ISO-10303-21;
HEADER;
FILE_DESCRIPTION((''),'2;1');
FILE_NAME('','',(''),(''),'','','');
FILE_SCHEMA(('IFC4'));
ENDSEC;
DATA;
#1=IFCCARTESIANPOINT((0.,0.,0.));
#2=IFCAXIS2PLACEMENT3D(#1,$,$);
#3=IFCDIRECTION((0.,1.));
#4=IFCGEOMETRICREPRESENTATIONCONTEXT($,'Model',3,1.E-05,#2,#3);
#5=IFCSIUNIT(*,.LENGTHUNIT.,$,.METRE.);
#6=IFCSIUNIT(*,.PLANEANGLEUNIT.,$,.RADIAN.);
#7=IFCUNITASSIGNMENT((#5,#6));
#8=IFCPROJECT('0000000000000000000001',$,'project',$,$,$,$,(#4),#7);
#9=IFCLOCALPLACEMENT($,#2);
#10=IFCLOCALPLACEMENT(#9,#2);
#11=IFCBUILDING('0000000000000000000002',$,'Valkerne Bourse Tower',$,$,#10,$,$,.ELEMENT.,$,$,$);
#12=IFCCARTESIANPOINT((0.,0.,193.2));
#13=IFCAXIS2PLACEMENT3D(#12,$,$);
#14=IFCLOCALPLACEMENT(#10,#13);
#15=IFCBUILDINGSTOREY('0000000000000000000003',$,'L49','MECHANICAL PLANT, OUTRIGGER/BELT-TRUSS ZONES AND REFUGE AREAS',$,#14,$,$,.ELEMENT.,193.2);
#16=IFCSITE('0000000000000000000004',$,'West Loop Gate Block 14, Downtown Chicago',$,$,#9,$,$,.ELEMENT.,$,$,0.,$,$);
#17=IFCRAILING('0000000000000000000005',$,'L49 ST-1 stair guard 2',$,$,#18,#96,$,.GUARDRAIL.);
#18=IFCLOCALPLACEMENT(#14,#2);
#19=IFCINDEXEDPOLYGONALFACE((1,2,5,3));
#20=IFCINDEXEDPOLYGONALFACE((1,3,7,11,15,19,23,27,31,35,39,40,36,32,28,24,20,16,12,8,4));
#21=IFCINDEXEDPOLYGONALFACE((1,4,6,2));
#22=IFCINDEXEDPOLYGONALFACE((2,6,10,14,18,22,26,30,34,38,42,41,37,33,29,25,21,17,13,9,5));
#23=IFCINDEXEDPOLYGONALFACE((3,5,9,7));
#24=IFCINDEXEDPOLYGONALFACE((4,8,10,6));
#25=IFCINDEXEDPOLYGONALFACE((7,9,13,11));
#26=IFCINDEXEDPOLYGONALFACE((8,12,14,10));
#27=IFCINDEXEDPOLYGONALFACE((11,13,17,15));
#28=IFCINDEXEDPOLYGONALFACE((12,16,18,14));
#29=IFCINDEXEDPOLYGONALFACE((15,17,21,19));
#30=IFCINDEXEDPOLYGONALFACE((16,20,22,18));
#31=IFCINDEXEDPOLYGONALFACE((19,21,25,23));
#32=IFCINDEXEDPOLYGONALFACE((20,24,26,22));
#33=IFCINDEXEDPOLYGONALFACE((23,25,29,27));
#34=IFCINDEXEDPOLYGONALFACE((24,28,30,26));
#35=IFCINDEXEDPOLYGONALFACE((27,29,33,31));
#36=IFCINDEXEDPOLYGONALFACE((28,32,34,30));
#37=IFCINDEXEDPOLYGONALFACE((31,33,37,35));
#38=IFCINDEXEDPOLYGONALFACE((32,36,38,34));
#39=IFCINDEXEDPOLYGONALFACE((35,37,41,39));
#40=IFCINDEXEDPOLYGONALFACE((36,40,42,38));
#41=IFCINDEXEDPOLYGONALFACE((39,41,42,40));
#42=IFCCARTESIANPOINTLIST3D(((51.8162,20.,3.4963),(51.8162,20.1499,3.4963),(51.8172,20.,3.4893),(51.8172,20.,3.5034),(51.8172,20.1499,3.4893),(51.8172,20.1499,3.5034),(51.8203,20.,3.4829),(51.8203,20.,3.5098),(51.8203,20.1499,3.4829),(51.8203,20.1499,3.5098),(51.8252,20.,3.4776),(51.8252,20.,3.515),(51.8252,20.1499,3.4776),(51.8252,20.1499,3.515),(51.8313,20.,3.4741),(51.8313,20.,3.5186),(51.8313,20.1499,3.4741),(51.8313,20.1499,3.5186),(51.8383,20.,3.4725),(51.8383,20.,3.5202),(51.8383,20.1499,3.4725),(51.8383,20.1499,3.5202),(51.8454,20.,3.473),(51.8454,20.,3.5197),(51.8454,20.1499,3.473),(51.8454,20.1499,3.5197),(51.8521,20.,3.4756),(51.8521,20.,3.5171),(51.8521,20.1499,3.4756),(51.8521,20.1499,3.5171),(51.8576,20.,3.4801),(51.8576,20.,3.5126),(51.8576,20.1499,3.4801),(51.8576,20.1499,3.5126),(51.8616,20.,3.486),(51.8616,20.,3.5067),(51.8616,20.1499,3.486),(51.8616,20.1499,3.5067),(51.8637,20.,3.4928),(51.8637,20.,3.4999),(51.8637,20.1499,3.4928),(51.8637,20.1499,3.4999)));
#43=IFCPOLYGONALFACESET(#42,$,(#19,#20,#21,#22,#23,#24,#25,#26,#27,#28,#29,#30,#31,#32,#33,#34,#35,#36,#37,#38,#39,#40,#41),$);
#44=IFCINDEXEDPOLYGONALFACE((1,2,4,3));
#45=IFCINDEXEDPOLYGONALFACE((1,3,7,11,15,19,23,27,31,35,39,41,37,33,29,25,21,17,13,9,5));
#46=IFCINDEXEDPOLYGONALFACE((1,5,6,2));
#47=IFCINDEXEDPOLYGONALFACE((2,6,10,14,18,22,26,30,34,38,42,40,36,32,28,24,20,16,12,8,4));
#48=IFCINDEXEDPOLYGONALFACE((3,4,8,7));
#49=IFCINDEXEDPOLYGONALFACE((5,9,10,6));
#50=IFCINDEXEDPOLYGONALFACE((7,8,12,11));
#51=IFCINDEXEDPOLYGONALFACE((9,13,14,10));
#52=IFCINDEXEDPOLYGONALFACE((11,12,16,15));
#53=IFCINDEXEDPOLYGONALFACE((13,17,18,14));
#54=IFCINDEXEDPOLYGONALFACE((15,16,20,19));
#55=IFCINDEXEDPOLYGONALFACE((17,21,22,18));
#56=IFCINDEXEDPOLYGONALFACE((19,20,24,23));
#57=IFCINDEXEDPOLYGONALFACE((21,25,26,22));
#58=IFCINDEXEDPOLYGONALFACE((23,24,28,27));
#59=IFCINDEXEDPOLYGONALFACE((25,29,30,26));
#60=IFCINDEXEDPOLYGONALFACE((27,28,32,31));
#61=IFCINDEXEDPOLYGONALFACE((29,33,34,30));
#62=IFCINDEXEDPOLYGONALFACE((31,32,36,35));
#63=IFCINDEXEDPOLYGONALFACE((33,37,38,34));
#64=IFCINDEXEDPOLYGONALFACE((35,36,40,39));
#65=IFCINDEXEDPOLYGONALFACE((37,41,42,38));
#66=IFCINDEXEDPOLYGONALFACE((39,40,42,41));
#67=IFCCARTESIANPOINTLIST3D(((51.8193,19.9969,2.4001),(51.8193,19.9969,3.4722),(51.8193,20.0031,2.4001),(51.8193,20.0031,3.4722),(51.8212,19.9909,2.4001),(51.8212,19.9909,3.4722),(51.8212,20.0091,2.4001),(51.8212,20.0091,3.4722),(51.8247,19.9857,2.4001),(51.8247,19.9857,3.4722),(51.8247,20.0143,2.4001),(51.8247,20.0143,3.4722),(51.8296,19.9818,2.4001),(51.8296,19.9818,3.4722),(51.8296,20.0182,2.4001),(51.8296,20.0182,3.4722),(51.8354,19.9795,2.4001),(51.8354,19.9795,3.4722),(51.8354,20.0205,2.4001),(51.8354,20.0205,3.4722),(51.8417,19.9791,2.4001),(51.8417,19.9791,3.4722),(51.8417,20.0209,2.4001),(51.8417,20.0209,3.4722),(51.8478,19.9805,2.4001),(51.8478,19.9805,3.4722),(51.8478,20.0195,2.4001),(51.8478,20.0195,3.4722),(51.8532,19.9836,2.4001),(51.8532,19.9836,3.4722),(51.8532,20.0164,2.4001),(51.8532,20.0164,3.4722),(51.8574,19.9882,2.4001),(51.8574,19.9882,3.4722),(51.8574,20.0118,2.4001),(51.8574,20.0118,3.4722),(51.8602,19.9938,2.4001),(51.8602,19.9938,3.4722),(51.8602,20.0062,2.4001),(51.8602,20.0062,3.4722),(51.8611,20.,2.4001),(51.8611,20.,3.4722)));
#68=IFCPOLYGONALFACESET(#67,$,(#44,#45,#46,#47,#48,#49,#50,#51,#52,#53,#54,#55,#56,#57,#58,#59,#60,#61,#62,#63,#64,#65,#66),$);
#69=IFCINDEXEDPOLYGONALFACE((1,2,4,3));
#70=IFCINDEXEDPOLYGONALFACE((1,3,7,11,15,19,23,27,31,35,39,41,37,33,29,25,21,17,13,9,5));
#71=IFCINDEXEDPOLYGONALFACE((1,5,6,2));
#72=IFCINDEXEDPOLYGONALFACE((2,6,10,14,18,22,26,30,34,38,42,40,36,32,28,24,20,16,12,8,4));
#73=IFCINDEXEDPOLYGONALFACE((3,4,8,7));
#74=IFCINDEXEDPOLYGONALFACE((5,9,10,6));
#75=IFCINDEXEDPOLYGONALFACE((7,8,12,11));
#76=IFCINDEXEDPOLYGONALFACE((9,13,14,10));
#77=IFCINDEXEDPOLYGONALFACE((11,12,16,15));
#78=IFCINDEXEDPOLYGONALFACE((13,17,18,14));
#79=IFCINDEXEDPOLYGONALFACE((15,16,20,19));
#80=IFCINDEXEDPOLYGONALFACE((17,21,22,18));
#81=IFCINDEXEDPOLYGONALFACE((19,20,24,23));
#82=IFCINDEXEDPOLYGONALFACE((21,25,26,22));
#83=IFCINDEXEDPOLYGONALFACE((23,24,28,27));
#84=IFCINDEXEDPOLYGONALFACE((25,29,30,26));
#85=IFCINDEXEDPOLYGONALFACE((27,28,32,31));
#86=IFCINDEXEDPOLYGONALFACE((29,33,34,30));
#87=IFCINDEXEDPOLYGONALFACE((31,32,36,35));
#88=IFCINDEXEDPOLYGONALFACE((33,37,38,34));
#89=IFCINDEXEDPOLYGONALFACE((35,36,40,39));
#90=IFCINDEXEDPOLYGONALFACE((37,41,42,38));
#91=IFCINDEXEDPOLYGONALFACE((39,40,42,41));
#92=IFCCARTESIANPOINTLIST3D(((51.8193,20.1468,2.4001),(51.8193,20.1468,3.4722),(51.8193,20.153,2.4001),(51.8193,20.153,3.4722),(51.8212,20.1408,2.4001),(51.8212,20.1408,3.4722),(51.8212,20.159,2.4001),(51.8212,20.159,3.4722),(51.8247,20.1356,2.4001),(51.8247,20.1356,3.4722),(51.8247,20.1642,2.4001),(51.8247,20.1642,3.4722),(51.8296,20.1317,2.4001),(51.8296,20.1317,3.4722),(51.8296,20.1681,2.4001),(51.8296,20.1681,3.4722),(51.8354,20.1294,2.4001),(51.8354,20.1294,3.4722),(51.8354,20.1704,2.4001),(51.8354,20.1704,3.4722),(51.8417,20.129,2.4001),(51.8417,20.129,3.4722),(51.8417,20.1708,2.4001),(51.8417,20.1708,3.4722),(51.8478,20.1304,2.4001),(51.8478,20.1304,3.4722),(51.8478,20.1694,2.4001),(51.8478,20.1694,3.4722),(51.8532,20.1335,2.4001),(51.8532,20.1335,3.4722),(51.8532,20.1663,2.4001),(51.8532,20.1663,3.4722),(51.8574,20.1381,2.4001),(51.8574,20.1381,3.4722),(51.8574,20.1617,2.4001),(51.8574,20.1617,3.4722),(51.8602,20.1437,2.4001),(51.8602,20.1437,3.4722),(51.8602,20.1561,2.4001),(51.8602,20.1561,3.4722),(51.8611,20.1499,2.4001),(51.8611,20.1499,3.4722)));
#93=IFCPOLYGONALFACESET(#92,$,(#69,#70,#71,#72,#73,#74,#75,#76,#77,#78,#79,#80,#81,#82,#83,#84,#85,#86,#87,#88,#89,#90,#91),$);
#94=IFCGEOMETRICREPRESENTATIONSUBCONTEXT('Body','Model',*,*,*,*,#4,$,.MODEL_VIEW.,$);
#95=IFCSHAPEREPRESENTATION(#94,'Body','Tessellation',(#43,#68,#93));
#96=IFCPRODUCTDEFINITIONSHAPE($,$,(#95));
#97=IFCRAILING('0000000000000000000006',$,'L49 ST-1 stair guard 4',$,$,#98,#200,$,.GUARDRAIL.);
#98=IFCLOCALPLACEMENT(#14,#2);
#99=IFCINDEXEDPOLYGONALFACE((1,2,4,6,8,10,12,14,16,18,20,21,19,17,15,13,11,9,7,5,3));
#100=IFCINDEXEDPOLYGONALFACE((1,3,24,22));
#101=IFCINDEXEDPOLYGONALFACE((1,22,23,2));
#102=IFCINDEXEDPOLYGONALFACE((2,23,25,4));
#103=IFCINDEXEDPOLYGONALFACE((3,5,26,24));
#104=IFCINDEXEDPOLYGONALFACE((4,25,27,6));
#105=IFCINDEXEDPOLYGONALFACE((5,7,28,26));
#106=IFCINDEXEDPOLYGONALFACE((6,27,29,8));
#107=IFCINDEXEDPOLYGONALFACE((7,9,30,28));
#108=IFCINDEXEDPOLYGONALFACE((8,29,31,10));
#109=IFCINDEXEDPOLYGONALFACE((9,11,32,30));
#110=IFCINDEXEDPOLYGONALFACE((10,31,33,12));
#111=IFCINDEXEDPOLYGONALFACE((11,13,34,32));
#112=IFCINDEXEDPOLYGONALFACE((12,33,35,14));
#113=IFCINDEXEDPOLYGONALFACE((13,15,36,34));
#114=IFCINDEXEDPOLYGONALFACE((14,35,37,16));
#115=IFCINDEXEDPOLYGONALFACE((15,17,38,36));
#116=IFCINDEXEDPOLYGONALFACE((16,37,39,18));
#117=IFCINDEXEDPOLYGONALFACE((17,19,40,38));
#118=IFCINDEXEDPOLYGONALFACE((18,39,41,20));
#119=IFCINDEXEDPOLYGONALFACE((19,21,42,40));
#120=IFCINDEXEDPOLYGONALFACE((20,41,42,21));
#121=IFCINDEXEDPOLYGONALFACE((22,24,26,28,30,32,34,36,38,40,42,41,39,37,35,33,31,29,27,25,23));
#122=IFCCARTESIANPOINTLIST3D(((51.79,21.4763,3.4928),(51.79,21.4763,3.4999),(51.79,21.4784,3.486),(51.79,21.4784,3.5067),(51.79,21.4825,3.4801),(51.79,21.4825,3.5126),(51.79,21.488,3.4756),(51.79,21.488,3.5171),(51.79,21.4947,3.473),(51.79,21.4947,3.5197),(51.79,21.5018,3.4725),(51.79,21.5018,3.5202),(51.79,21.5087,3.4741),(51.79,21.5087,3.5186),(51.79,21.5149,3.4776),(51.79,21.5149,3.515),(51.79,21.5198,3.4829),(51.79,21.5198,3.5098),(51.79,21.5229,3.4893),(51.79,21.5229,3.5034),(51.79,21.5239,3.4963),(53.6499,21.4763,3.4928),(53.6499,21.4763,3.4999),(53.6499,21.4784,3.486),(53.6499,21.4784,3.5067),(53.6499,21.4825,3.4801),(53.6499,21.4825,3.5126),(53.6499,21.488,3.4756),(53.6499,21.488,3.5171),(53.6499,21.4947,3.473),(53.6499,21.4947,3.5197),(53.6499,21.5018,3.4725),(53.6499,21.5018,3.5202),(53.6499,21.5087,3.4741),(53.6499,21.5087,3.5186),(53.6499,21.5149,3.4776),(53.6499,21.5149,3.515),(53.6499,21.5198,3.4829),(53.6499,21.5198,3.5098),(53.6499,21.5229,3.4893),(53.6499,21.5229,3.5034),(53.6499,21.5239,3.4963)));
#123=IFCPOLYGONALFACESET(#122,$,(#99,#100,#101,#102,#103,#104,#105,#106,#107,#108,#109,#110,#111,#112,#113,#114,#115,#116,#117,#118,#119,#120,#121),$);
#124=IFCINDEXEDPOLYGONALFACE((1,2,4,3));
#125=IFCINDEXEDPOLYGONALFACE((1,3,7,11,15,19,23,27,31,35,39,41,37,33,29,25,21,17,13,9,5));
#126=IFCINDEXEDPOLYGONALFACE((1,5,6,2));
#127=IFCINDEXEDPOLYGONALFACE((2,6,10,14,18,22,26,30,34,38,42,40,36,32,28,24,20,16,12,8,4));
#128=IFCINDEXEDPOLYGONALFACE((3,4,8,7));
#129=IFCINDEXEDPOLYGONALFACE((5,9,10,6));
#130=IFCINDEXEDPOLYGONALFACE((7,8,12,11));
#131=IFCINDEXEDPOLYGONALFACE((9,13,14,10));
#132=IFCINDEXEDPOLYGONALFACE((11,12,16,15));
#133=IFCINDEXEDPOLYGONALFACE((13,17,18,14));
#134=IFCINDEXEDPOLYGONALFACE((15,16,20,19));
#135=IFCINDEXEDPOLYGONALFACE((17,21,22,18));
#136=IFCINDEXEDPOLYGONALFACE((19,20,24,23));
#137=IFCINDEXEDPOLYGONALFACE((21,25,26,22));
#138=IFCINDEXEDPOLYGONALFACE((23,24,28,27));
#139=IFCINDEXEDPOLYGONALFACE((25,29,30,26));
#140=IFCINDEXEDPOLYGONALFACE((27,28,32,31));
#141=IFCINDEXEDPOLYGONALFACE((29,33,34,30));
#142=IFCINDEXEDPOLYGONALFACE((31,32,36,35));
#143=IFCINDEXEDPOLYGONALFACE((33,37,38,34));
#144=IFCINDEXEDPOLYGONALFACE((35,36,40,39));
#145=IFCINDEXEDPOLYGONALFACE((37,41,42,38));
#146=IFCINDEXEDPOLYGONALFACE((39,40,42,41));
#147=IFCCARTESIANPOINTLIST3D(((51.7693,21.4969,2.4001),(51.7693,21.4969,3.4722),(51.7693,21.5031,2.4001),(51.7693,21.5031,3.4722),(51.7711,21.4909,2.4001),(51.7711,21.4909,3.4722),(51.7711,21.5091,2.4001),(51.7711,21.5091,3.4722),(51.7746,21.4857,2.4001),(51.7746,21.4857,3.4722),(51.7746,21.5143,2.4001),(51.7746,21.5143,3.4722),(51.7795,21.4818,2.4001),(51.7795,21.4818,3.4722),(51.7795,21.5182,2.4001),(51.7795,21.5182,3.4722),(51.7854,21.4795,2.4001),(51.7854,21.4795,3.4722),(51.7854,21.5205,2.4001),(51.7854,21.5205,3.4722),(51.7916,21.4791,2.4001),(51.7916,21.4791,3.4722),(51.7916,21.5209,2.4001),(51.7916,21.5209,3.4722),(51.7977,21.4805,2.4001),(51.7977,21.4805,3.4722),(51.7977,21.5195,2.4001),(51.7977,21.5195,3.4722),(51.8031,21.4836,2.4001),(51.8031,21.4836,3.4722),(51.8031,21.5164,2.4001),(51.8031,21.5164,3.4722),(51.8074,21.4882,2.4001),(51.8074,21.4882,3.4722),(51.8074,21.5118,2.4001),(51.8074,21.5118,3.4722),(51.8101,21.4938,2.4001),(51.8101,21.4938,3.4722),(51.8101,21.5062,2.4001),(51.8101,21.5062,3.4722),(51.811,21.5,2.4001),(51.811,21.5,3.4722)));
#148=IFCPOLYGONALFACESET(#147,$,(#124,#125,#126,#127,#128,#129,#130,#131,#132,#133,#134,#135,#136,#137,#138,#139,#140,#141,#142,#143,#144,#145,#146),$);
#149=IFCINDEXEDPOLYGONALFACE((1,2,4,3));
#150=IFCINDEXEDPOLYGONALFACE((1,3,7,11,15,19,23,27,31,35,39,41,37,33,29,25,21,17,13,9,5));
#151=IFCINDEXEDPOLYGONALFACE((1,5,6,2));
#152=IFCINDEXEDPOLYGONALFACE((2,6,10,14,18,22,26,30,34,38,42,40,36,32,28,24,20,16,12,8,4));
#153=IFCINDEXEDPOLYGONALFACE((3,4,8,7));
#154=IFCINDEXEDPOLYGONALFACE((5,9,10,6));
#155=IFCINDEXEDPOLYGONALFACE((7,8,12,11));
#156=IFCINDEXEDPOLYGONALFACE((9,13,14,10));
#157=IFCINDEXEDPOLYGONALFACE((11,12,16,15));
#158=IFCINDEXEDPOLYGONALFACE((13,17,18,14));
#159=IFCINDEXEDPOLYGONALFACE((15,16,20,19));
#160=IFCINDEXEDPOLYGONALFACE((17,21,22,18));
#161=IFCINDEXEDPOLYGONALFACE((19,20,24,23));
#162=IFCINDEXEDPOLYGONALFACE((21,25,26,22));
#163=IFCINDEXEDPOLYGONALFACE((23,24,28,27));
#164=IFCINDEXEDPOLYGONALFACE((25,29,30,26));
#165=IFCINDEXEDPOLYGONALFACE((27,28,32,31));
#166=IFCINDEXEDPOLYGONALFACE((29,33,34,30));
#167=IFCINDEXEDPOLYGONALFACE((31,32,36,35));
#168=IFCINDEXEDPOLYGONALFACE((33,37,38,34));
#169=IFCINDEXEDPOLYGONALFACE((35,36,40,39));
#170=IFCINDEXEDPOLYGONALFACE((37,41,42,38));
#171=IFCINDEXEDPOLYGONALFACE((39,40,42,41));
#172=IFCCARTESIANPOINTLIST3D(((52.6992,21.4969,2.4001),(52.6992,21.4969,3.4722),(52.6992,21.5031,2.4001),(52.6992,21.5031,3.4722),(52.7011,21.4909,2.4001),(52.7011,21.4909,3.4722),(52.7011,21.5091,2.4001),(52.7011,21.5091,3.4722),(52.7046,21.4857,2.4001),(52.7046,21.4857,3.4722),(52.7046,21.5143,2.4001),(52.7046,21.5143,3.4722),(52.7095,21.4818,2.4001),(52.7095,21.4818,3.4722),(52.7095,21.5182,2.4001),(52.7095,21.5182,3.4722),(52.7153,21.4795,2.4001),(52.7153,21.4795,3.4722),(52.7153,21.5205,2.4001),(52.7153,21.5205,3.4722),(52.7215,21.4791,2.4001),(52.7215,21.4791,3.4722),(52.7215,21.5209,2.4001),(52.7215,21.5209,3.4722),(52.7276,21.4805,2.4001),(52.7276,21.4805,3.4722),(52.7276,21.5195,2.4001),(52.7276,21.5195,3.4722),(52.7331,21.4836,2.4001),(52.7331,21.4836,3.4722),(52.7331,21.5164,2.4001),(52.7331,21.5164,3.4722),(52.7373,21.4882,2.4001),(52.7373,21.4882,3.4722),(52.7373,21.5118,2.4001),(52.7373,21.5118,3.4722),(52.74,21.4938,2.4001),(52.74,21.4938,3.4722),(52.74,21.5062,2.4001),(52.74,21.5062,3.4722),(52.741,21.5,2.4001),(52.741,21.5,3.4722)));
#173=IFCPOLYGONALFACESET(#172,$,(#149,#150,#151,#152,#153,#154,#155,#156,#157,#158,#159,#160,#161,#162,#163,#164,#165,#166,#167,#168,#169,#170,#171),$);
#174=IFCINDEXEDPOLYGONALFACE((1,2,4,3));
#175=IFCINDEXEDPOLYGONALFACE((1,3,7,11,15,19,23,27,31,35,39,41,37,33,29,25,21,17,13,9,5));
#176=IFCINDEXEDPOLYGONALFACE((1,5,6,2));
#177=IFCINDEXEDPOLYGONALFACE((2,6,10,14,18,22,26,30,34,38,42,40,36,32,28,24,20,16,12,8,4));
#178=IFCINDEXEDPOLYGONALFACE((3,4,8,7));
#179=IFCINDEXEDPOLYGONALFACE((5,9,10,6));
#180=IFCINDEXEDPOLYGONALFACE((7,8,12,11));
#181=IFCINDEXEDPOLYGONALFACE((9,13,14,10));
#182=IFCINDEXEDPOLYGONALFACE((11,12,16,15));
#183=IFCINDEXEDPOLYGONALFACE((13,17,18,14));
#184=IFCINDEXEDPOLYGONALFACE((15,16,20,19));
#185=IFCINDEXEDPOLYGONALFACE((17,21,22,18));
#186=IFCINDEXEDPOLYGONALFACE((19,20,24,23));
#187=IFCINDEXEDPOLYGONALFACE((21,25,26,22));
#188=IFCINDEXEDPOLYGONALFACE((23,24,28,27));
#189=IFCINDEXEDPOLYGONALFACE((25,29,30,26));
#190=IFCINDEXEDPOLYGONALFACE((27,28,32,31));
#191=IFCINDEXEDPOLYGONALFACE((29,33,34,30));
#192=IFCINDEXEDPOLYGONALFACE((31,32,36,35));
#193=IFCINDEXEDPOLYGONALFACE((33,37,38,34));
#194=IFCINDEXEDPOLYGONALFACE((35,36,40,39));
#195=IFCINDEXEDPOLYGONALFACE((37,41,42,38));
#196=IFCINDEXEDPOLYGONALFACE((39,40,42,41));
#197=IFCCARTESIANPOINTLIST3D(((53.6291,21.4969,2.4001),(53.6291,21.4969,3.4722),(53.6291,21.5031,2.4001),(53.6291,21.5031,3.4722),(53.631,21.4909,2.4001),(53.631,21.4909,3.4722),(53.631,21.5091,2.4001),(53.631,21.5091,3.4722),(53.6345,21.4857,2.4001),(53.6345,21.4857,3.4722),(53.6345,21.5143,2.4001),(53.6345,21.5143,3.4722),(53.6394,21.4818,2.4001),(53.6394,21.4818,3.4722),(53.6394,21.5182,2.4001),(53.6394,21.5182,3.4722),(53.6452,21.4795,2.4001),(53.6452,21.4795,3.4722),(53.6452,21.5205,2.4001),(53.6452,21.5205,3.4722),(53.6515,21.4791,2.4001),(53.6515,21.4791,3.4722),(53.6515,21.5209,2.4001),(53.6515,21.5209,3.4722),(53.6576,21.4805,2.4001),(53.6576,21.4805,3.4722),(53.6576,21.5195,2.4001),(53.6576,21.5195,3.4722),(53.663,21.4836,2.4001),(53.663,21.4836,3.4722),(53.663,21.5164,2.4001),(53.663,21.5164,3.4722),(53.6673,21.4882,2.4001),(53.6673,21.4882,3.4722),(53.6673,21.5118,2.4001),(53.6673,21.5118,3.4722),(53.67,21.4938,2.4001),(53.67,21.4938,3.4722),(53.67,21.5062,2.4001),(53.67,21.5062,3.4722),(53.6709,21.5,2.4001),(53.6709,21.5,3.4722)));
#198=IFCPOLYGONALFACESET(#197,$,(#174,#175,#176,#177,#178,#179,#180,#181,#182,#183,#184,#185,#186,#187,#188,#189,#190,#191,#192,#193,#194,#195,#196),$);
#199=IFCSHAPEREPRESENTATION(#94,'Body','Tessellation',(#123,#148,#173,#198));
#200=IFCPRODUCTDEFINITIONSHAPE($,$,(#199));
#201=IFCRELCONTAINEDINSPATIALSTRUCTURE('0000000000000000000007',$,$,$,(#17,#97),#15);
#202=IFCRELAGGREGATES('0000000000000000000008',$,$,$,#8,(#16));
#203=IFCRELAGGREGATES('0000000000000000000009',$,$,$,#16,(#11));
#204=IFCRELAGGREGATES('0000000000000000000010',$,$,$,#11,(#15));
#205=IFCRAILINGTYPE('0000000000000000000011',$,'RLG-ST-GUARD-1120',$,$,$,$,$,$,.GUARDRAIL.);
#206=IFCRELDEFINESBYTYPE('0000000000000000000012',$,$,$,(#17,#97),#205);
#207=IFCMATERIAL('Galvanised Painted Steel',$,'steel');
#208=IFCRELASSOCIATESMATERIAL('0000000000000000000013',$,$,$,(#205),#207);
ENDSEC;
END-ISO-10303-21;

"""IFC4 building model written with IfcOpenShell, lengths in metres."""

from ifc_helpers import new_model, si_unit, direction, frame, origin, origin_2d, place, context, subcontext, project, spatial, circle, extrude, material, type_object, element, save


model = new_model("IFC4")

# Units and contexts
model_context = context("Model", 3, precision=1e-05, world=origin(), true_north=direction((0.0, 1.0)))
body_context = subcontext(model_context, "Body", "Model", "MODEL_VIEW")
ifc_project = project(units=[si_unit("LENGTHUNIT", "METRE"), si_unit("PLANEANGLEUNIT", "RADIAN")], contexts=[model_context])

# Site, building, storey
site_placement = place(None, origin())
site = spatial("IfcSite", under=ifc_project, at=site_placement, Name="West Loop Gate Block 14, Downtown Chicago", CompositionType="ELEMENT", RefElevation=0.0)
building_placement = place(site_placement, origin())
building = spatial("IfcBuilding", under=site, at=building_placement, Name="Valkerne Bourse Tower", CompositionType="ELEMENT")
storey_placement = place(building_placement, frame((0.0, 0.0, 193.2)))
storey = spatial("IfcBuildingStorey", under=building, at=storey_placement, Name="L49", Description="MECHANICAL PLANT, OUTRIGGER/BELT-TRUSS ZONES AND REFUGE AREAS", CompositionType="ELEMENT", Elevation=193.2)

# Shared definitions
ifc_material_1 = material(Name="Galvanised Painted Steel", Category="steel")

# Railings
railing_type_1 = type_object("IfcRailingType", Name="RLG-ST-GUARD-1120", PredefinedType="GUARDRAIL", material=ifc_material_1)
railing_1_placement = place(storey_placement, frame((51.8401, 20.0, 2.4001)))
element("IfcRailing", 1, at=railing_1_placement, inside=storey, type_object=railing_type_1, Name="L49 ST-1 stair guard 2", PredefinedType="GUARDRAIL", context=body_context, shape_type="SweptSolid", body=[
    extrude(circle(Radius=0.0239, at=origin_2d()), frame((0.0, 0.0, 1.0962), z_axis=(0.0, 1.0, 0.0), x_axis=(-1.0, 0.0, 0.0)), (0.0, 0.0, 1.0), 0.1499),
    extrude(circle(Radius=0.021, at=origin_2d()), origin(), (0.0, 0.0, 1.0), 1.072),
    extrude(circle(Radius=0.021, at=origin_2d()), frame((0.0, 0.1499, 0.0)), (0.0, 0.0, 1.0), 1.072),
])
railing_2_placement = place(storey_placement, frame((51.79, 21.5, 2.4001)))
element("IfcRailing", 2, at=railing_2_placement, inside=storey, type_object=railing_type_1, Name="L49 ST-1 stair guard 4", PredefinedType="GUARDRAIL", context=body_context, shape_type="SweptSolid", body=[
    extrude(circle(Radius=0.0239, at=origin_2d()), frame((0.0, 0.0, 1.0962), z_axis=(1.0, 0.0, 0.0), x_axis=(0.0, 1.0, 0.0)), (0.0, 0.0, 1.0), 1.8599),
    extrude(circle(Radius=0.021, at=origin_2d()), origin(), (0.0, 0.0, 1.0), 1.072),
    extrude(circle(Radius=0.021, at=origin_2d()), frame((0.9299, 0.0, 0.0)), (0.0, 0.0, 1.0), 1.072),
    extrude(circle(Radius=0.021, at=origin_2d()), frame((1.8599, 0.0, 0.0)), (0.0, 0.0, 1.0), 1.072),
])

save(model, "model.ifc")
